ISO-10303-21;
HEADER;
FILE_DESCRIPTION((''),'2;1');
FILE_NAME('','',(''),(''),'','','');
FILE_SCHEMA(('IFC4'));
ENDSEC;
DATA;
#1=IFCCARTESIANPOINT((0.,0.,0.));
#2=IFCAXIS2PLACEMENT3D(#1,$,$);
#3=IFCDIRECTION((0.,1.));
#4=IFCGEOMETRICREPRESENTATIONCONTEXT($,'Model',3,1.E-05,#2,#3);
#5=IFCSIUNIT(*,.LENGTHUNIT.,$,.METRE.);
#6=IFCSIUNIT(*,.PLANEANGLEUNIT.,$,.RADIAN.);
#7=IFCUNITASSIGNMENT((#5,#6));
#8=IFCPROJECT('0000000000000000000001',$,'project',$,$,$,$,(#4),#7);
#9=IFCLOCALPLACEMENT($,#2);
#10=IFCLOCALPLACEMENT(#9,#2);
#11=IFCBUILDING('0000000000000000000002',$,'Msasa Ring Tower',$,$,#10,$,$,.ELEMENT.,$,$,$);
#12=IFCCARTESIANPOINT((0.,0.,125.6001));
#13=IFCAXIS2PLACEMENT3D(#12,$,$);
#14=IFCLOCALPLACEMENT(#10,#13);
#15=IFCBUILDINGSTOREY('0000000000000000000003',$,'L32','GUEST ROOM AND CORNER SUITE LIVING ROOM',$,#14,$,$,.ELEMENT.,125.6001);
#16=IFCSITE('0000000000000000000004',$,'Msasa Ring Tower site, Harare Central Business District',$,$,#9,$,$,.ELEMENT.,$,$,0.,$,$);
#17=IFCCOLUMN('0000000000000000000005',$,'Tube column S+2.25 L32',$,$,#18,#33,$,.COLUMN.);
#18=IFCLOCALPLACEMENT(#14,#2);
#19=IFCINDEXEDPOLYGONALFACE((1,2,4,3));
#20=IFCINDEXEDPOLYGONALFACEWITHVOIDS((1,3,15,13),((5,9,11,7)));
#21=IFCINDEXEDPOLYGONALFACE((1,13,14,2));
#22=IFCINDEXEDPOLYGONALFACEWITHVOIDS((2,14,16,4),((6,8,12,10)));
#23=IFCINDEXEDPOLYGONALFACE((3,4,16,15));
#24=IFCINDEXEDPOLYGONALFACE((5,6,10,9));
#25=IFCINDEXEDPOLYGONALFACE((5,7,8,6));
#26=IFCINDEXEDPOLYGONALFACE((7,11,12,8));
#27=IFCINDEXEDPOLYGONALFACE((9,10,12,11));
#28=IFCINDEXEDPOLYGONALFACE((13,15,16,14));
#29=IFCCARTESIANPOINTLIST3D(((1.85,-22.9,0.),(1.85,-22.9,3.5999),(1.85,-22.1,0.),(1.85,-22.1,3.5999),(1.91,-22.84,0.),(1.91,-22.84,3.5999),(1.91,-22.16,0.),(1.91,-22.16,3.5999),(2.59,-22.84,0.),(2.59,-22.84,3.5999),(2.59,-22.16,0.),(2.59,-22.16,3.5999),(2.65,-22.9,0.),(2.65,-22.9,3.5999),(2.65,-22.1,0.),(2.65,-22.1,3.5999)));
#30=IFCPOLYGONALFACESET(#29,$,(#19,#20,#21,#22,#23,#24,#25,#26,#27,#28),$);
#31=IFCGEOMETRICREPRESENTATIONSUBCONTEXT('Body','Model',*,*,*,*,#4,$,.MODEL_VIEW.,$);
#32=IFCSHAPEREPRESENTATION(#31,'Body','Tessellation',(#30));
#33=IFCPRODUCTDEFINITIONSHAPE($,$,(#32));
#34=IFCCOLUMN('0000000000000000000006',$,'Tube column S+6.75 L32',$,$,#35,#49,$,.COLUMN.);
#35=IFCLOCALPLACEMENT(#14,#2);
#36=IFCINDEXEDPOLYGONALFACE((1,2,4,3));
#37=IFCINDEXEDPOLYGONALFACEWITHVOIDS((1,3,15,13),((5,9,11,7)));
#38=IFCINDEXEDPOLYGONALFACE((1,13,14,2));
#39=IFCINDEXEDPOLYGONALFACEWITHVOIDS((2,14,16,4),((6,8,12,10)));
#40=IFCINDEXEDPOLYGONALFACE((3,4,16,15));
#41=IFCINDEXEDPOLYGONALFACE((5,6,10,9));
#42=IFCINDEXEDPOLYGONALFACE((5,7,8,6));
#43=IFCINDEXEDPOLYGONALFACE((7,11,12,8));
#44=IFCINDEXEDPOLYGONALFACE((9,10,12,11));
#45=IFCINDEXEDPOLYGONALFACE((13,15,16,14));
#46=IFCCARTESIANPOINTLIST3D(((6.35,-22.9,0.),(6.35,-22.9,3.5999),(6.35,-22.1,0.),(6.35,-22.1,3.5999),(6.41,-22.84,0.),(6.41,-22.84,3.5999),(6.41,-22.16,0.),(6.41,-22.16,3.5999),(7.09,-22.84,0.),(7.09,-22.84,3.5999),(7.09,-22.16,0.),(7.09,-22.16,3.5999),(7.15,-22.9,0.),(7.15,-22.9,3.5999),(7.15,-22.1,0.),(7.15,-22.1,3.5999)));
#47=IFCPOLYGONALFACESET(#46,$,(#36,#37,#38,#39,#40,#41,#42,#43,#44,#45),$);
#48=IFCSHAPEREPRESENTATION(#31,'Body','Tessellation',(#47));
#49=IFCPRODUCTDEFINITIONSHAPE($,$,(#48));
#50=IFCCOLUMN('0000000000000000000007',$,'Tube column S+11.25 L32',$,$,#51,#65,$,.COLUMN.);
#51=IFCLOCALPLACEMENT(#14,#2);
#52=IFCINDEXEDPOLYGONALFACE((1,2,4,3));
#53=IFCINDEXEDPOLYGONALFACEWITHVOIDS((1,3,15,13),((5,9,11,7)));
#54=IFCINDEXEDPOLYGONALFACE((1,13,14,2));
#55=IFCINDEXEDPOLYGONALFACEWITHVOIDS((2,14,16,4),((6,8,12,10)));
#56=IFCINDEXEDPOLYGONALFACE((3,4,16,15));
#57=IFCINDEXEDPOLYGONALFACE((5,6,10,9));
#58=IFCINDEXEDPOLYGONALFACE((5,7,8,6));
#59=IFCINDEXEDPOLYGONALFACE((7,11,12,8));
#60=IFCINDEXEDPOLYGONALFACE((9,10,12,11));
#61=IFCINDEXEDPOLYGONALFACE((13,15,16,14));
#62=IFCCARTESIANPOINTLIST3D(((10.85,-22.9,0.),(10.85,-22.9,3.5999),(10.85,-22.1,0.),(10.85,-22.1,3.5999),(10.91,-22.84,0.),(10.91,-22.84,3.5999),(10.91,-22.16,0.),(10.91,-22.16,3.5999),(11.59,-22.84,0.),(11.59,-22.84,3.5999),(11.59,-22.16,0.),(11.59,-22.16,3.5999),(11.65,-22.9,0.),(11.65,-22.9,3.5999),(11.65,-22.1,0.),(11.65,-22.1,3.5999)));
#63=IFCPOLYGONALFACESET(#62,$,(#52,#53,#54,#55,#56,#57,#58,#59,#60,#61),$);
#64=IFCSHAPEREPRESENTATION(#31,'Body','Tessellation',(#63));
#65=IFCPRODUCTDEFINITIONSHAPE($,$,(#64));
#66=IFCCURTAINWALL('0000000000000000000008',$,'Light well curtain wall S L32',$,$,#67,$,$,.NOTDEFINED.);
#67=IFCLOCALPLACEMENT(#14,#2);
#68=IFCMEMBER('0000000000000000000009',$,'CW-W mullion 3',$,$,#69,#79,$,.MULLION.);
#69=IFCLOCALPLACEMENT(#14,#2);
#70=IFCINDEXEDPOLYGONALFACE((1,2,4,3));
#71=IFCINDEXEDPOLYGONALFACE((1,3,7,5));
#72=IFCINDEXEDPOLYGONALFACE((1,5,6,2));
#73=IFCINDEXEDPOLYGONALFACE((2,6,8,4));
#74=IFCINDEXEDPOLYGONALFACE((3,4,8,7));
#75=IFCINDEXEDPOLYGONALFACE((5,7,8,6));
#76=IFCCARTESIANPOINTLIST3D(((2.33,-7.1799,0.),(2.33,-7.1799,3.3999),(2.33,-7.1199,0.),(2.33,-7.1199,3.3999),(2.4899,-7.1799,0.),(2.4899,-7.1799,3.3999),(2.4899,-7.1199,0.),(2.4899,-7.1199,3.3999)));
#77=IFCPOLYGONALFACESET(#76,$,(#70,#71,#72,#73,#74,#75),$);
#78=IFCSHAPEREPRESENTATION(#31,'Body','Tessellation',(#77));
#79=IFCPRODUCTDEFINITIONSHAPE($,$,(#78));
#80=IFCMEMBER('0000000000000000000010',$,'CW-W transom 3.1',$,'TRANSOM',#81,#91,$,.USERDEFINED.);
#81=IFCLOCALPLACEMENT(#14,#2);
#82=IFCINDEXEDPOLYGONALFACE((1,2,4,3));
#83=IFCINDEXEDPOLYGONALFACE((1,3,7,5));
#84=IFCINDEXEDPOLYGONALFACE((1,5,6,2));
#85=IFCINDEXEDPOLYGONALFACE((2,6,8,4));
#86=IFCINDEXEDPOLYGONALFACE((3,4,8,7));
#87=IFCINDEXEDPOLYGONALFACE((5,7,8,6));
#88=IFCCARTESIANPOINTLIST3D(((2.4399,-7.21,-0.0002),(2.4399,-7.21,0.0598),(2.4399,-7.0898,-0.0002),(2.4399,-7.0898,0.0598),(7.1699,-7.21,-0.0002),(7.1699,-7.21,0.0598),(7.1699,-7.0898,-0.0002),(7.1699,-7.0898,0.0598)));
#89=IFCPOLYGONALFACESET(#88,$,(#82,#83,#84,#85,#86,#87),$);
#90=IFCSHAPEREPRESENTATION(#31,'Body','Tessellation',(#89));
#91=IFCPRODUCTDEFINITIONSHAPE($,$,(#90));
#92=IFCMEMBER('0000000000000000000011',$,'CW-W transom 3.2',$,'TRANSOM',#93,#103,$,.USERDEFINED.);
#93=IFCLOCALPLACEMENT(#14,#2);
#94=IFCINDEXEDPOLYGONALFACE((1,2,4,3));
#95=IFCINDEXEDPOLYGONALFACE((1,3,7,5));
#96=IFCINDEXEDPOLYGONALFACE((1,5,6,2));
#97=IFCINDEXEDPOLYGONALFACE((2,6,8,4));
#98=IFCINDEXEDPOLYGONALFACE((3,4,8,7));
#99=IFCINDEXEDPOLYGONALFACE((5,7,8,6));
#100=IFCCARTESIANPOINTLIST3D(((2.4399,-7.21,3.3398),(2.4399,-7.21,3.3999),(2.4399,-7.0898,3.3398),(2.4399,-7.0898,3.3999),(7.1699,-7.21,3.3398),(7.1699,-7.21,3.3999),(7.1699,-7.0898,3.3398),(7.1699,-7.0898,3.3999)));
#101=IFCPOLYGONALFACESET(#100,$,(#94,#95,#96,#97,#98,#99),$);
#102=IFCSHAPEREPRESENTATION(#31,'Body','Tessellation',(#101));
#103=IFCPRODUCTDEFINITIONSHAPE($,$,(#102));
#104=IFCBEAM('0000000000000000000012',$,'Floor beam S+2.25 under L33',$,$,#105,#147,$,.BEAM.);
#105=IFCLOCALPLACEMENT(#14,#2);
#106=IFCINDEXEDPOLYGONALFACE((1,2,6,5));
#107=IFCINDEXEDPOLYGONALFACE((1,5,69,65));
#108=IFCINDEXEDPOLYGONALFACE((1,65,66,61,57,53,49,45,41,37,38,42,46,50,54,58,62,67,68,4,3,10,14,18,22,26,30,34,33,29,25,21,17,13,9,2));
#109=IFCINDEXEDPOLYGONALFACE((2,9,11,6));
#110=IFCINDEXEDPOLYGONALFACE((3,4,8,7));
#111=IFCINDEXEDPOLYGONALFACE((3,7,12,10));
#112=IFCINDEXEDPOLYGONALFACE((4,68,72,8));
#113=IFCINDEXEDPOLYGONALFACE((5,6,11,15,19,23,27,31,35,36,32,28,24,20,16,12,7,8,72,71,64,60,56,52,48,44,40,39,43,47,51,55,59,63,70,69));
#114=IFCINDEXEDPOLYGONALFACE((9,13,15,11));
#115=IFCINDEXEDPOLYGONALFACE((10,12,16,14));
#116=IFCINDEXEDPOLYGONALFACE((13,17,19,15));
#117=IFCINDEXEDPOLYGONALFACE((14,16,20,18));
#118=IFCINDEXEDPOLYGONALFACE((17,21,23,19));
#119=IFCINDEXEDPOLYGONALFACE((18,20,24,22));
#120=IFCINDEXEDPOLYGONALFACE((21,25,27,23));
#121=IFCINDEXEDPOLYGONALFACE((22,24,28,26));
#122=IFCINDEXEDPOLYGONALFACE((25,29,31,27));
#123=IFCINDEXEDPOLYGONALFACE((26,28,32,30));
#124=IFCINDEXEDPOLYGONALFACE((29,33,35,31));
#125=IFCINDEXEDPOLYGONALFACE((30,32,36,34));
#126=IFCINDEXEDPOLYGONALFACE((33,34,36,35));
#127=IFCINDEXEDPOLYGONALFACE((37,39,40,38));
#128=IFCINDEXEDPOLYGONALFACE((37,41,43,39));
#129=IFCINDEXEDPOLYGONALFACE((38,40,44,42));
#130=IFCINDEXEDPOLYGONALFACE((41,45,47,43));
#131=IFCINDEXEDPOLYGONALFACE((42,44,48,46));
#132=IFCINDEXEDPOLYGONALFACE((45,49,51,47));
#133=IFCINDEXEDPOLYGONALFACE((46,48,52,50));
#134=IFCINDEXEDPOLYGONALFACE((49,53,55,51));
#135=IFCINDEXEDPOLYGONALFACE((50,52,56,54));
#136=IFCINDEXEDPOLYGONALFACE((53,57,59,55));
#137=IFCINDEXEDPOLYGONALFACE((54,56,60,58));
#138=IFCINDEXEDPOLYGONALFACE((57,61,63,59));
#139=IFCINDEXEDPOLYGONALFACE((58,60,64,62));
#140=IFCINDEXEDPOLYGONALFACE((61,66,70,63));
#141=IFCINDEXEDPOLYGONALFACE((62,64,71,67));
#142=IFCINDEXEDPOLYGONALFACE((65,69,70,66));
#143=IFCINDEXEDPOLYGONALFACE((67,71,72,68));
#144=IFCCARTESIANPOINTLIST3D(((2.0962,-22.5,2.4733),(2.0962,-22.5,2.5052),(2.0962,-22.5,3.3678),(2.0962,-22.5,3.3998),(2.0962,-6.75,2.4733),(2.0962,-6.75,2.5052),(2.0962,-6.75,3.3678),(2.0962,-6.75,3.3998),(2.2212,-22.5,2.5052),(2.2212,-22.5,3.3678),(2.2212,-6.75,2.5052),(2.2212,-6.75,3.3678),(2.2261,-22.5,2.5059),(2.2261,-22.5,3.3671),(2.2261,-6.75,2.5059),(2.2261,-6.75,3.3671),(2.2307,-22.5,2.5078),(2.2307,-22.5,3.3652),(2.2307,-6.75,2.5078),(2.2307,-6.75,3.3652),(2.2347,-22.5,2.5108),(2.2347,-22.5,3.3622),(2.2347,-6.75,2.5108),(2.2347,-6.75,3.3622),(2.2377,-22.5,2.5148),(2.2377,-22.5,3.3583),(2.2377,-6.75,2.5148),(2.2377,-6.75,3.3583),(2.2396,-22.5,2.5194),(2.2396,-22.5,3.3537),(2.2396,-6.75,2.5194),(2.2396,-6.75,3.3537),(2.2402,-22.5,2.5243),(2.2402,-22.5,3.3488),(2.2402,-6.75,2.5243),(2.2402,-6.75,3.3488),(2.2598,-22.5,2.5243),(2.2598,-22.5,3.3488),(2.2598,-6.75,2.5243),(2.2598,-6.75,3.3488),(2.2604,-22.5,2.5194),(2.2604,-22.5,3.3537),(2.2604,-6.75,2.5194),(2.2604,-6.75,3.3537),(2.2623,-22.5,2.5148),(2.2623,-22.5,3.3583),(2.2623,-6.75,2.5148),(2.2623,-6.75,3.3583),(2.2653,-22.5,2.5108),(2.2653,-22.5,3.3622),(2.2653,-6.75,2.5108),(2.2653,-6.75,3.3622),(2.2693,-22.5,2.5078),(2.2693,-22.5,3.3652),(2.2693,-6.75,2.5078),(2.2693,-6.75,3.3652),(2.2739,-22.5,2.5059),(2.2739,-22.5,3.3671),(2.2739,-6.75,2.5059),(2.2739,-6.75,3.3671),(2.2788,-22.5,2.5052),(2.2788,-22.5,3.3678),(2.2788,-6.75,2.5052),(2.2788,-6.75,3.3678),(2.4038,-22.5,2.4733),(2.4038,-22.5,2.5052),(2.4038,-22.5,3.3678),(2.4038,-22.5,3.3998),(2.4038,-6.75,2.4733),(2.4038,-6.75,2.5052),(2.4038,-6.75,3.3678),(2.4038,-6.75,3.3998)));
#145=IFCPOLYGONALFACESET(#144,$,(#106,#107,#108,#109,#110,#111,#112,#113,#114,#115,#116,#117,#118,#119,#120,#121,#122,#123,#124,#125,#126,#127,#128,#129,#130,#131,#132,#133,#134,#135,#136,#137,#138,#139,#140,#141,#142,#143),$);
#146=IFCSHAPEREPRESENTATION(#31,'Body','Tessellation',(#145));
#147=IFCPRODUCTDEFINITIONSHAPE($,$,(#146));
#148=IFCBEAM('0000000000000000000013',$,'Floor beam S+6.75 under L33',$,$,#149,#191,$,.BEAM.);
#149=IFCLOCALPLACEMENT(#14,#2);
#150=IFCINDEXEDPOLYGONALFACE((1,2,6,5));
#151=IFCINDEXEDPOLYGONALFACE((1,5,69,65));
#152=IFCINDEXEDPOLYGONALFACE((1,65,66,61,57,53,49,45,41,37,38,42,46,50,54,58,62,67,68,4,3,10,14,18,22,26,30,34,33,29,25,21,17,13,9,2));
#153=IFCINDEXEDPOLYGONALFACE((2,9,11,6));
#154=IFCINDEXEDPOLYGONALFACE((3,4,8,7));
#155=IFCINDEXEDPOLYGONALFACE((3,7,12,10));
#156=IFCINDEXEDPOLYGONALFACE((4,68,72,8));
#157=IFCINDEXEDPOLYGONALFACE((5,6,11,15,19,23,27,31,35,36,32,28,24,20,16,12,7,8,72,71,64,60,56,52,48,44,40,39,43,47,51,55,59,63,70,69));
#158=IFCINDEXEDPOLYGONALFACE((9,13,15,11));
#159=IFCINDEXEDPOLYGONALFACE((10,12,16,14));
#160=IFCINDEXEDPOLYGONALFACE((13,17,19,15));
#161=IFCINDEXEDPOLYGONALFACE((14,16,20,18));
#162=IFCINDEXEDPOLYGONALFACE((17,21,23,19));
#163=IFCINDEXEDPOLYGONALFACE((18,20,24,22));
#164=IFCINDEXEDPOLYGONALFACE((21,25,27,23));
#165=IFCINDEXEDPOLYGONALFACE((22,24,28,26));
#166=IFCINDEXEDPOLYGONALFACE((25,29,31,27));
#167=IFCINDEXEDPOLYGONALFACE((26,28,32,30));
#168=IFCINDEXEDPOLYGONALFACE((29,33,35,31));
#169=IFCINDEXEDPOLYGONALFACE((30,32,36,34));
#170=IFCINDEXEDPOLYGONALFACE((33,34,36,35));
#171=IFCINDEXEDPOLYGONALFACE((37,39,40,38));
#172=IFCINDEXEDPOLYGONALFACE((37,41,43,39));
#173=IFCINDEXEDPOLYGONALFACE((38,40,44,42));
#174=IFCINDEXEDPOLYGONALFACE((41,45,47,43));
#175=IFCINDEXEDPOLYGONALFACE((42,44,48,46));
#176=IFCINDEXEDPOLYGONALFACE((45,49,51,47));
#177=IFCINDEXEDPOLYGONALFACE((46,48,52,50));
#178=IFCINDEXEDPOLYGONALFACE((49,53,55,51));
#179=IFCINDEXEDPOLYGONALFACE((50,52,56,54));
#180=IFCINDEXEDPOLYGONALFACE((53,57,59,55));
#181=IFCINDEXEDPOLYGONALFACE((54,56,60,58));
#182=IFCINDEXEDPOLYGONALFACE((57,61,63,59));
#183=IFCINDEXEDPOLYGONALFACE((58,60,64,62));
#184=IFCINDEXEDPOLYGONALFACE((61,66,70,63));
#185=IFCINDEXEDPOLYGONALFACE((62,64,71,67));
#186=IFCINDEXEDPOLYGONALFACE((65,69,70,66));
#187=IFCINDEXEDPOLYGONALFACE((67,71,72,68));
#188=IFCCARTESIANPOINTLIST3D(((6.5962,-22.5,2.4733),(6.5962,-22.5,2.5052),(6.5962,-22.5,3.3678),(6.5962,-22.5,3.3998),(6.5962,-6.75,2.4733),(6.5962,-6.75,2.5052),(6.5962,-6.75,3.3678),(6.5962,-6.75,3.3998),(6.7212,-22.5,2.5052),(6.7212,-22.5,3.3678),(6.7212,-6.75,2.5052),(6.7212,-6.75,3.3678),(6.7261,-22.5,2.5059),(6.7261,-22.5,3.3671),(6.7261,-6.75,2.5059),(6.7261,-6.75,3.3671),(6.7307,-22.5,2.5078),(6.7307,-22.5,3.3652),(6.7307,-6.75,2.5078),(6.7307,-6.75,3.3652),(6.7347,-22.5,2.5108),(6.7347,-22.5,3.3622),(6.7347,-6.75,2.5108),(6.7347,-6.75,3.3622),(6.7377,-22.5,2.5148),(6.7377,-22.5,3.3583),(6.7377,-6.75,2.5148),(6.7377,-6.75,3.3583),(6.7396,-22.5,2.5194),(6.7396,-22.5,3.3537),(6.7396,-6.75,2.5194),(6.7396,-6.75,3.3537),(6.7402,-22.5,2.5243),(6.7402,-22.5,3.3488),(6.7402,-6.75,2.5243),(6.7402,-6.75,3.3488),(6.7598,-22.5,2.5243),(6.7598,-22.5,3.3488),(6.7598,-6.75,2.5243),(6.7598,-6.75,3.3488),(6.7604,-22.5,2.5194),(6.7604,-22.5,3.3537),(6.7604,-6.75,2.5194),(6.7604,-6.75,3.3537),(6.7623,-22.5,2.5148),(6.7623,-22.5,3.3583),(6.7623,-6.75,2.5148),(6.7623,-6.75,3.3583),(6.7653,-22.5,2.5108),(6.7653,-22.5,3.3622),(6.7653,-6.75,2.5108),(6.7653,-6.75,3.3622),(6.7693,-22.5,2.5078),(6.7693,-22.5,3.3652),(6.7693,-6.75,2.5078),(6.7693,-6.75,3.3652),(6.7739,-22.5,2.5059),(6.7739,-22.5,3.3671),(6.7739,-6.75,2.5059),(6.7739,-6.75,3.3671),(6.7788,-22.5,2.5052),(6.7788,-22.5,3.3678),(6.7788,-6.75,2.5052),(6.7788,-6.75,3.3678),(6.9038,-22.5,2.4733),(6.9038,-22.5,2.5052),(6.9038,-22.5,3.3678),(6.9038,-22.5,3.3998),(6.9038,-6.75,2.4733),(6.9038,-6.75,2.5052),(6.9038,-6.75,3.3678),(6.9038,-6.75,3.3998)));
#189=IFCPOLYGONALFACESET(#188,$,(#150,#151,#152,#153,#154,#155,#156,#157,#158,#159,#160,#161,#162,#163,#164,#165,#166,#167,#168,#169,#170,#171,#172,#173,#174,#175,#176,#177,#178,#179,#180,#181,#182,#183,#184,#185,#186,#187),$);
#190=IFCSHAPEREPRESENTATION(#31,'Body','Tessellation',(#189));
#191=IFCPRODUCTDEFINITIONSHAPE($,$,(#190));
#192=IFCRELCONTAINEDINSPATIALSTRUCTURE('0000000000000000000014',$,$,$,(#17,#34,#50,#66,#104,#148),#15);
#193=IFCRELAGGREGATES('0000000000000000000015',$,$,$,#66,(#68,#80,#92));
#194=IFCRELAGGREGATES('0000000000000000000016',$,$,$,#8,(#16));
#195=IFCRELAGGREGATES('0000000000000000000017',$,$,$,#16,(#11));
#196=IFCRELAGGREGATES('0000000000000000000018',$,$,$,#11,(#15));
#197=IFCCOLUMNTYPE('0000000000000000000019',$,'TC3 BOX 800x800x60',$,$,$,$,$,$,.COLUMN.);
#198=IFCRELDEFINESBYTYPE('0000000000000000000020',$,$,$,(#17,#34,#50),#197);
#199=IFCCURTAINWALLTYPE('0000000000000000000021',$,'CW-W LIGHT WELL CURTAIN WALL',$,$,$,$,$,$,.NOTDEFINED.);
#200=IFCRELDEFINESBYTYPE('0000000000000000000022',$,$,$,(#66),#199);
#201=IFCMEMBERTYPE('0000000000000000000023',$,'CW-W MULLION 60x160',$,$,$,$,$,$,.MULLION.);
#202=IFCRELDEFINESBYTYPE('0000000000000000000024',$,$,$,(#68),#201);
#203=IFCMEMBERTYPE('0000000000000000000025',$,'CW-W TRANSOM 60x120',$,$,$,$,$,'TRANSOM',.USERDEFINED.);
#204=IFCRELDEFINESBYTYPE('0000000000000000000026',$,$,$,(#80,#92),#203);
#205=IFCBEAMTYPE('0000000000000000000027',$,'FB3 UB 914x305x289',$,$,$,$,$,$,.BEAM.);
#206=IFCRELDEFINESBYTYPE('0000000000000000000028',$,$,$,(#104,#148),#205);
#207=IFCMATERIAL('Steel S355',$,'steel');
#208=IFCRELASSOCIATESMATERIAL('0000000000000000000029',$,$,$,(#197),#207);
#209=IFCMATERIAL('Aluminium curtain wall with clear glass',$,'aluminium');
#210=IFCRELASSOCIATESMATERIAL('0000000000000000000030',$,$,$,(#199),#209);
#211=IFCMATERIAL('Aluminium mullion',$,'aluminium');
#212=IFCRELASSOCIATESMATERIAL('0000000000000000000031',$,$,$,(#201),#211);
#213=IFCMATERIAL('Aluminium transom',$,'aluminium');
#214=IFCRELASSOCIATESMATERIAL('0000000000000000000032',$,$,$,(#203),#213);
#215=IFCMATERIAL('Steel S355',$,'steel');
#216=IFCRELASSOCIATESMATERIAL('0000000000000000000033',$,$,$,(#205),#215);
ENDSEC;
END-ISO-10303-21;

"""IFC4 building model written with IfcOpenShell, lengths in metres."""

from ifc_helpers import new_model, si_unit, direction, frame, origin, origin_2d, place, context, subcontext, project, spatial, rectangle, hollow_rectangle, i_section, extrude, material, material_profile, profile_set, type_object, element, aggregate, save


model = new_model("IFC4")

# Units and contexts
model_context = context("Model", 3, precision=1e-05, world=origin(), true_north=direction((0.0, 1.0)))
body_context = subcontext(model_context, "Body", "Model", "MODEL_VIEW")
ifc_project = project(units=[si_unit("LENGTHUNIT", "METRE"), si_unit("PLANEANGLEUNIT", "RADIAN")], contexts=[model_context])

# Site, building, storey
site_placement = place(None, origin())
site = spatial("IfcSite", under=ifc_project, at=site_placement, Name="Msasa Ring Tower site, Harare Central Business District", CompositionType="ELEMENT", RefElevation=0.0)
building_placement = place(site_placement, origin())
building = spatial("IfcBuilding", under=site, at=building_placement, Name="Msasa Ring Tower", CompositionType="ELEMENT")
storey_placement = place(building_placement, frame((0.0, 0.0, 125.6001)))
storey = spatial("IfcBuildingStorey", under=building, at=storey_placement, Name="L32", Description="GUEST ROOM AND CORNER SUITE LIVING ROOM", CompositionType="ELEMENT", Elevation=125.6001)

# Columns
ifc_material_1 = material(Name="Steel S355", Category="steel")
ifc_material_profile_1 = material_profile(ifc_material_1, hollow_rectangle(XDim=0.8, YDim=0.8, WallThickness=0.0601, at=origin_2d()), Name="BOX 800x800x60")
ifc_profile_set_1 = profile_set([ifc_material_profile_1], Name="Steel S355")
column_type = type_object("IfcColumnType", Name="TC3 BOX 800x800x60", PredefinedType="COLUMN", material=ifc_profile_set_1)
for number, where, z_axis, x_axis, name in (
    (1, (2.25, -22.5, 0.0), (0.0, 0.0, 1.0), (0.0, 1.0, 0.0), "Tube column S+2.25 L32"),
    (2, (6.75, -22.5, 0.0), (0.0, 0.0, 1.0), (0.0, 1.0, 0.0), "Tube column S+6.75 L32"),
    (3, (11.25, -22.5, 0.0), (0.0, 0.0, 1.0), (0.0, 1.0, 0.0), "Tube column S+11.25 L32"),
):
    element("IfcColumn", number, at=place(storey_placement, frame(where, z_axis=z_axis, x_axis=x_axis)), inside=storey, type_object=column_type, Name=name, PredefinedType="COLUMN", context=body_context, shape_type="SweptSolid", body=[
        extrude(hollow_rectangle(XDim=0.8, YDim=0.8, WallThickness=0.0601, at=origin_2d()), origin(), (0.0, 0.0, 1.0), 3.5999),
    ])

# Curtain wall, members
ifc_material_2 = material(Name="Aluminium curtain wall with clear glass", Category="aluminium")
curtain_wall_type = type_object("IfcCurtainWallType", Name="CW-W LIGHT WELL CURTAIN WALL", PredefinedType="NOTDEFINED", material=ifc_material_2)
curtain_wall_placement = place(storey_placement, origin())
curtain_wall = element("IfcCurtainWall", 4, at=curtain_wall_placement, inside=storey, type_object=curtain_wall_type, Name="Light well curtain wall S L32", PredefinedType="NOTDEFINED")
ifc_material_3 = material(Name="Aluminium mullion", Category="aluminium")
ifc_material_profile_2 = material_profile(ifc_material_3, rectangle(XDim=0.0601, YDim=0.1599, at=origin_2d()), Name="AL 60x160")
ifc_profile_set_2 = profile_set([ifc_material_profile_2], Name="Aluminium mullion")
member_type_1 = type_object("IfcMemberType", Name="CW-W MULLION 60x160", PredefinedType="MULLION", material=ifc_profile_set_2)
member_1_placement = place(storey_placement, frame((2.4099, -7.1499, 0.0), z_axis=(0.0, 0.0, 1.0), x_axis=(0.0, 1.0, 0.0)))
member_1 = element("IfcMember", 5, at=member_1_placement, type_object=member_type_1, Name="CW-W mullion 3", PredefinedType="MULLION", context=body_context, shape_type="SweptSolid", body=[
    extrude(rectangle(XDim=0.0601, YDim=0.1599, at=origin_2d()), origin(), (0.0, 0.0, 1.0), 3.3999),
])
ifc_material_4 = material(Name="Aluminium transom", Category="aluminium")
ifc_material_profile_3 = material_profile(ifc_material_4, rectangle(XDim=0.1201, YDim=0.0601, at=origin_2d()), Name="AL 60x120")
ifc_profile_set_3 = profile_set([ifc_material_profile_3], Name="Aluminium transom")
member_type_2 = type_object("IfcMemberType", Name="CW-W TRANSOM 60x120", ElementType="TRANSOM", PredefinedType="USERDEFINED", material=ifc_profile_set_3)
member_2_placement = place(storey_placement, frame((2.4399, -7.1499, 0.0298), z_axis=(1.0, 0.0, 0.0), x_axis=(0.0, 1.0, 0.0)))
member_2 = element("IfcMember", 6, at=member_2_placement, type_object=member_type_2, Name="CW-W transom 3.1", ObjectType="TRANSOM", PredefinedType="USERDEFINED", context=body_context, shape_type="SweptSolid", body=[
    extrude(rectangle(XDim=0.1201, YDim=0.0601, at=origin_2d()), origin(), (0.0, 0.0, 1.0), 4.73),
])
member_3_placement = place(storey_placement, frame((2.4399, -7.1499, 3.3699), z_axis=(1.0, 0.0, 0.0), x_axis=(0.0, 1.0, 0.0)))
member_3 = element("IfcMember", 7, at=member_3_placement, type_object=member_type_2, Name="CW-W transom 3.2", ObjectType="TRANSOM", PredefinedType="USERDEFINED", context=body_context, shape_type="SweptSolid", body=[
    extrude(rectangle(XDim=0.1201, YDim=0.0601, at=origin_2d()), origin(), (0.0, 0.0, 1.0), 4.73),
])

# Beams
ifc_material_5 = material(Name="Steel S355", Category="steel")
ifc_material_profile_4 = material_profile(ifc_material_5, i_section(OverallWidth=0.3076, OverallDepth=0.9265, WebThickness=0.0195, FlangeThickness=0.032, FilletRadius=0.019, at=origin_2d()), Name="UB 914x305x289")
ifc_profile_set_4 = profile_set([ifc_material_profile_4], Name="Steel S355")
beam_type_1 = type_object("IfcBeamType", Name="FB3 UB 914x305x289", PredefinedType="BEAM", material=ifc_profile_set_4)
for number, where, z_axis, x_axis, name in (
    (8, (2.25, -22.5, 2.9365), (0.0, 1.0, 0.0), (-1.0, 0.0, 0.0), "Floor beam S+2.25 under L33"),
    (9, (6.75, -22.5, 2.9365), (0.0, 1.0, 0.0), (-1.0, 0.0, 0.0), "Floor beam S+6.75 under L33"),
):
    element("IfcBeam", number, at=place(storey_placement, frame(where, z_axis=z_axis, x_axis=x_axis)), inside=storey, type_object=beam_type_1, Name=name, PredefinedType="BEAM", context=body_context, shape_type="SweptSolid", body=[
        extrude(i_section(OverallWidth=0.3076, OverallDepth=0.9265, WebThickness=0.0195, FlangeThickness=0.032, FilletRadius=0.019, at=origin_2d()), origin(), (0.0, 0.0, 1.0), 15.75),
    ])

aggregate(curtain_wall, [member_1, member_2, member_3])

save(model, "model.ifc")
